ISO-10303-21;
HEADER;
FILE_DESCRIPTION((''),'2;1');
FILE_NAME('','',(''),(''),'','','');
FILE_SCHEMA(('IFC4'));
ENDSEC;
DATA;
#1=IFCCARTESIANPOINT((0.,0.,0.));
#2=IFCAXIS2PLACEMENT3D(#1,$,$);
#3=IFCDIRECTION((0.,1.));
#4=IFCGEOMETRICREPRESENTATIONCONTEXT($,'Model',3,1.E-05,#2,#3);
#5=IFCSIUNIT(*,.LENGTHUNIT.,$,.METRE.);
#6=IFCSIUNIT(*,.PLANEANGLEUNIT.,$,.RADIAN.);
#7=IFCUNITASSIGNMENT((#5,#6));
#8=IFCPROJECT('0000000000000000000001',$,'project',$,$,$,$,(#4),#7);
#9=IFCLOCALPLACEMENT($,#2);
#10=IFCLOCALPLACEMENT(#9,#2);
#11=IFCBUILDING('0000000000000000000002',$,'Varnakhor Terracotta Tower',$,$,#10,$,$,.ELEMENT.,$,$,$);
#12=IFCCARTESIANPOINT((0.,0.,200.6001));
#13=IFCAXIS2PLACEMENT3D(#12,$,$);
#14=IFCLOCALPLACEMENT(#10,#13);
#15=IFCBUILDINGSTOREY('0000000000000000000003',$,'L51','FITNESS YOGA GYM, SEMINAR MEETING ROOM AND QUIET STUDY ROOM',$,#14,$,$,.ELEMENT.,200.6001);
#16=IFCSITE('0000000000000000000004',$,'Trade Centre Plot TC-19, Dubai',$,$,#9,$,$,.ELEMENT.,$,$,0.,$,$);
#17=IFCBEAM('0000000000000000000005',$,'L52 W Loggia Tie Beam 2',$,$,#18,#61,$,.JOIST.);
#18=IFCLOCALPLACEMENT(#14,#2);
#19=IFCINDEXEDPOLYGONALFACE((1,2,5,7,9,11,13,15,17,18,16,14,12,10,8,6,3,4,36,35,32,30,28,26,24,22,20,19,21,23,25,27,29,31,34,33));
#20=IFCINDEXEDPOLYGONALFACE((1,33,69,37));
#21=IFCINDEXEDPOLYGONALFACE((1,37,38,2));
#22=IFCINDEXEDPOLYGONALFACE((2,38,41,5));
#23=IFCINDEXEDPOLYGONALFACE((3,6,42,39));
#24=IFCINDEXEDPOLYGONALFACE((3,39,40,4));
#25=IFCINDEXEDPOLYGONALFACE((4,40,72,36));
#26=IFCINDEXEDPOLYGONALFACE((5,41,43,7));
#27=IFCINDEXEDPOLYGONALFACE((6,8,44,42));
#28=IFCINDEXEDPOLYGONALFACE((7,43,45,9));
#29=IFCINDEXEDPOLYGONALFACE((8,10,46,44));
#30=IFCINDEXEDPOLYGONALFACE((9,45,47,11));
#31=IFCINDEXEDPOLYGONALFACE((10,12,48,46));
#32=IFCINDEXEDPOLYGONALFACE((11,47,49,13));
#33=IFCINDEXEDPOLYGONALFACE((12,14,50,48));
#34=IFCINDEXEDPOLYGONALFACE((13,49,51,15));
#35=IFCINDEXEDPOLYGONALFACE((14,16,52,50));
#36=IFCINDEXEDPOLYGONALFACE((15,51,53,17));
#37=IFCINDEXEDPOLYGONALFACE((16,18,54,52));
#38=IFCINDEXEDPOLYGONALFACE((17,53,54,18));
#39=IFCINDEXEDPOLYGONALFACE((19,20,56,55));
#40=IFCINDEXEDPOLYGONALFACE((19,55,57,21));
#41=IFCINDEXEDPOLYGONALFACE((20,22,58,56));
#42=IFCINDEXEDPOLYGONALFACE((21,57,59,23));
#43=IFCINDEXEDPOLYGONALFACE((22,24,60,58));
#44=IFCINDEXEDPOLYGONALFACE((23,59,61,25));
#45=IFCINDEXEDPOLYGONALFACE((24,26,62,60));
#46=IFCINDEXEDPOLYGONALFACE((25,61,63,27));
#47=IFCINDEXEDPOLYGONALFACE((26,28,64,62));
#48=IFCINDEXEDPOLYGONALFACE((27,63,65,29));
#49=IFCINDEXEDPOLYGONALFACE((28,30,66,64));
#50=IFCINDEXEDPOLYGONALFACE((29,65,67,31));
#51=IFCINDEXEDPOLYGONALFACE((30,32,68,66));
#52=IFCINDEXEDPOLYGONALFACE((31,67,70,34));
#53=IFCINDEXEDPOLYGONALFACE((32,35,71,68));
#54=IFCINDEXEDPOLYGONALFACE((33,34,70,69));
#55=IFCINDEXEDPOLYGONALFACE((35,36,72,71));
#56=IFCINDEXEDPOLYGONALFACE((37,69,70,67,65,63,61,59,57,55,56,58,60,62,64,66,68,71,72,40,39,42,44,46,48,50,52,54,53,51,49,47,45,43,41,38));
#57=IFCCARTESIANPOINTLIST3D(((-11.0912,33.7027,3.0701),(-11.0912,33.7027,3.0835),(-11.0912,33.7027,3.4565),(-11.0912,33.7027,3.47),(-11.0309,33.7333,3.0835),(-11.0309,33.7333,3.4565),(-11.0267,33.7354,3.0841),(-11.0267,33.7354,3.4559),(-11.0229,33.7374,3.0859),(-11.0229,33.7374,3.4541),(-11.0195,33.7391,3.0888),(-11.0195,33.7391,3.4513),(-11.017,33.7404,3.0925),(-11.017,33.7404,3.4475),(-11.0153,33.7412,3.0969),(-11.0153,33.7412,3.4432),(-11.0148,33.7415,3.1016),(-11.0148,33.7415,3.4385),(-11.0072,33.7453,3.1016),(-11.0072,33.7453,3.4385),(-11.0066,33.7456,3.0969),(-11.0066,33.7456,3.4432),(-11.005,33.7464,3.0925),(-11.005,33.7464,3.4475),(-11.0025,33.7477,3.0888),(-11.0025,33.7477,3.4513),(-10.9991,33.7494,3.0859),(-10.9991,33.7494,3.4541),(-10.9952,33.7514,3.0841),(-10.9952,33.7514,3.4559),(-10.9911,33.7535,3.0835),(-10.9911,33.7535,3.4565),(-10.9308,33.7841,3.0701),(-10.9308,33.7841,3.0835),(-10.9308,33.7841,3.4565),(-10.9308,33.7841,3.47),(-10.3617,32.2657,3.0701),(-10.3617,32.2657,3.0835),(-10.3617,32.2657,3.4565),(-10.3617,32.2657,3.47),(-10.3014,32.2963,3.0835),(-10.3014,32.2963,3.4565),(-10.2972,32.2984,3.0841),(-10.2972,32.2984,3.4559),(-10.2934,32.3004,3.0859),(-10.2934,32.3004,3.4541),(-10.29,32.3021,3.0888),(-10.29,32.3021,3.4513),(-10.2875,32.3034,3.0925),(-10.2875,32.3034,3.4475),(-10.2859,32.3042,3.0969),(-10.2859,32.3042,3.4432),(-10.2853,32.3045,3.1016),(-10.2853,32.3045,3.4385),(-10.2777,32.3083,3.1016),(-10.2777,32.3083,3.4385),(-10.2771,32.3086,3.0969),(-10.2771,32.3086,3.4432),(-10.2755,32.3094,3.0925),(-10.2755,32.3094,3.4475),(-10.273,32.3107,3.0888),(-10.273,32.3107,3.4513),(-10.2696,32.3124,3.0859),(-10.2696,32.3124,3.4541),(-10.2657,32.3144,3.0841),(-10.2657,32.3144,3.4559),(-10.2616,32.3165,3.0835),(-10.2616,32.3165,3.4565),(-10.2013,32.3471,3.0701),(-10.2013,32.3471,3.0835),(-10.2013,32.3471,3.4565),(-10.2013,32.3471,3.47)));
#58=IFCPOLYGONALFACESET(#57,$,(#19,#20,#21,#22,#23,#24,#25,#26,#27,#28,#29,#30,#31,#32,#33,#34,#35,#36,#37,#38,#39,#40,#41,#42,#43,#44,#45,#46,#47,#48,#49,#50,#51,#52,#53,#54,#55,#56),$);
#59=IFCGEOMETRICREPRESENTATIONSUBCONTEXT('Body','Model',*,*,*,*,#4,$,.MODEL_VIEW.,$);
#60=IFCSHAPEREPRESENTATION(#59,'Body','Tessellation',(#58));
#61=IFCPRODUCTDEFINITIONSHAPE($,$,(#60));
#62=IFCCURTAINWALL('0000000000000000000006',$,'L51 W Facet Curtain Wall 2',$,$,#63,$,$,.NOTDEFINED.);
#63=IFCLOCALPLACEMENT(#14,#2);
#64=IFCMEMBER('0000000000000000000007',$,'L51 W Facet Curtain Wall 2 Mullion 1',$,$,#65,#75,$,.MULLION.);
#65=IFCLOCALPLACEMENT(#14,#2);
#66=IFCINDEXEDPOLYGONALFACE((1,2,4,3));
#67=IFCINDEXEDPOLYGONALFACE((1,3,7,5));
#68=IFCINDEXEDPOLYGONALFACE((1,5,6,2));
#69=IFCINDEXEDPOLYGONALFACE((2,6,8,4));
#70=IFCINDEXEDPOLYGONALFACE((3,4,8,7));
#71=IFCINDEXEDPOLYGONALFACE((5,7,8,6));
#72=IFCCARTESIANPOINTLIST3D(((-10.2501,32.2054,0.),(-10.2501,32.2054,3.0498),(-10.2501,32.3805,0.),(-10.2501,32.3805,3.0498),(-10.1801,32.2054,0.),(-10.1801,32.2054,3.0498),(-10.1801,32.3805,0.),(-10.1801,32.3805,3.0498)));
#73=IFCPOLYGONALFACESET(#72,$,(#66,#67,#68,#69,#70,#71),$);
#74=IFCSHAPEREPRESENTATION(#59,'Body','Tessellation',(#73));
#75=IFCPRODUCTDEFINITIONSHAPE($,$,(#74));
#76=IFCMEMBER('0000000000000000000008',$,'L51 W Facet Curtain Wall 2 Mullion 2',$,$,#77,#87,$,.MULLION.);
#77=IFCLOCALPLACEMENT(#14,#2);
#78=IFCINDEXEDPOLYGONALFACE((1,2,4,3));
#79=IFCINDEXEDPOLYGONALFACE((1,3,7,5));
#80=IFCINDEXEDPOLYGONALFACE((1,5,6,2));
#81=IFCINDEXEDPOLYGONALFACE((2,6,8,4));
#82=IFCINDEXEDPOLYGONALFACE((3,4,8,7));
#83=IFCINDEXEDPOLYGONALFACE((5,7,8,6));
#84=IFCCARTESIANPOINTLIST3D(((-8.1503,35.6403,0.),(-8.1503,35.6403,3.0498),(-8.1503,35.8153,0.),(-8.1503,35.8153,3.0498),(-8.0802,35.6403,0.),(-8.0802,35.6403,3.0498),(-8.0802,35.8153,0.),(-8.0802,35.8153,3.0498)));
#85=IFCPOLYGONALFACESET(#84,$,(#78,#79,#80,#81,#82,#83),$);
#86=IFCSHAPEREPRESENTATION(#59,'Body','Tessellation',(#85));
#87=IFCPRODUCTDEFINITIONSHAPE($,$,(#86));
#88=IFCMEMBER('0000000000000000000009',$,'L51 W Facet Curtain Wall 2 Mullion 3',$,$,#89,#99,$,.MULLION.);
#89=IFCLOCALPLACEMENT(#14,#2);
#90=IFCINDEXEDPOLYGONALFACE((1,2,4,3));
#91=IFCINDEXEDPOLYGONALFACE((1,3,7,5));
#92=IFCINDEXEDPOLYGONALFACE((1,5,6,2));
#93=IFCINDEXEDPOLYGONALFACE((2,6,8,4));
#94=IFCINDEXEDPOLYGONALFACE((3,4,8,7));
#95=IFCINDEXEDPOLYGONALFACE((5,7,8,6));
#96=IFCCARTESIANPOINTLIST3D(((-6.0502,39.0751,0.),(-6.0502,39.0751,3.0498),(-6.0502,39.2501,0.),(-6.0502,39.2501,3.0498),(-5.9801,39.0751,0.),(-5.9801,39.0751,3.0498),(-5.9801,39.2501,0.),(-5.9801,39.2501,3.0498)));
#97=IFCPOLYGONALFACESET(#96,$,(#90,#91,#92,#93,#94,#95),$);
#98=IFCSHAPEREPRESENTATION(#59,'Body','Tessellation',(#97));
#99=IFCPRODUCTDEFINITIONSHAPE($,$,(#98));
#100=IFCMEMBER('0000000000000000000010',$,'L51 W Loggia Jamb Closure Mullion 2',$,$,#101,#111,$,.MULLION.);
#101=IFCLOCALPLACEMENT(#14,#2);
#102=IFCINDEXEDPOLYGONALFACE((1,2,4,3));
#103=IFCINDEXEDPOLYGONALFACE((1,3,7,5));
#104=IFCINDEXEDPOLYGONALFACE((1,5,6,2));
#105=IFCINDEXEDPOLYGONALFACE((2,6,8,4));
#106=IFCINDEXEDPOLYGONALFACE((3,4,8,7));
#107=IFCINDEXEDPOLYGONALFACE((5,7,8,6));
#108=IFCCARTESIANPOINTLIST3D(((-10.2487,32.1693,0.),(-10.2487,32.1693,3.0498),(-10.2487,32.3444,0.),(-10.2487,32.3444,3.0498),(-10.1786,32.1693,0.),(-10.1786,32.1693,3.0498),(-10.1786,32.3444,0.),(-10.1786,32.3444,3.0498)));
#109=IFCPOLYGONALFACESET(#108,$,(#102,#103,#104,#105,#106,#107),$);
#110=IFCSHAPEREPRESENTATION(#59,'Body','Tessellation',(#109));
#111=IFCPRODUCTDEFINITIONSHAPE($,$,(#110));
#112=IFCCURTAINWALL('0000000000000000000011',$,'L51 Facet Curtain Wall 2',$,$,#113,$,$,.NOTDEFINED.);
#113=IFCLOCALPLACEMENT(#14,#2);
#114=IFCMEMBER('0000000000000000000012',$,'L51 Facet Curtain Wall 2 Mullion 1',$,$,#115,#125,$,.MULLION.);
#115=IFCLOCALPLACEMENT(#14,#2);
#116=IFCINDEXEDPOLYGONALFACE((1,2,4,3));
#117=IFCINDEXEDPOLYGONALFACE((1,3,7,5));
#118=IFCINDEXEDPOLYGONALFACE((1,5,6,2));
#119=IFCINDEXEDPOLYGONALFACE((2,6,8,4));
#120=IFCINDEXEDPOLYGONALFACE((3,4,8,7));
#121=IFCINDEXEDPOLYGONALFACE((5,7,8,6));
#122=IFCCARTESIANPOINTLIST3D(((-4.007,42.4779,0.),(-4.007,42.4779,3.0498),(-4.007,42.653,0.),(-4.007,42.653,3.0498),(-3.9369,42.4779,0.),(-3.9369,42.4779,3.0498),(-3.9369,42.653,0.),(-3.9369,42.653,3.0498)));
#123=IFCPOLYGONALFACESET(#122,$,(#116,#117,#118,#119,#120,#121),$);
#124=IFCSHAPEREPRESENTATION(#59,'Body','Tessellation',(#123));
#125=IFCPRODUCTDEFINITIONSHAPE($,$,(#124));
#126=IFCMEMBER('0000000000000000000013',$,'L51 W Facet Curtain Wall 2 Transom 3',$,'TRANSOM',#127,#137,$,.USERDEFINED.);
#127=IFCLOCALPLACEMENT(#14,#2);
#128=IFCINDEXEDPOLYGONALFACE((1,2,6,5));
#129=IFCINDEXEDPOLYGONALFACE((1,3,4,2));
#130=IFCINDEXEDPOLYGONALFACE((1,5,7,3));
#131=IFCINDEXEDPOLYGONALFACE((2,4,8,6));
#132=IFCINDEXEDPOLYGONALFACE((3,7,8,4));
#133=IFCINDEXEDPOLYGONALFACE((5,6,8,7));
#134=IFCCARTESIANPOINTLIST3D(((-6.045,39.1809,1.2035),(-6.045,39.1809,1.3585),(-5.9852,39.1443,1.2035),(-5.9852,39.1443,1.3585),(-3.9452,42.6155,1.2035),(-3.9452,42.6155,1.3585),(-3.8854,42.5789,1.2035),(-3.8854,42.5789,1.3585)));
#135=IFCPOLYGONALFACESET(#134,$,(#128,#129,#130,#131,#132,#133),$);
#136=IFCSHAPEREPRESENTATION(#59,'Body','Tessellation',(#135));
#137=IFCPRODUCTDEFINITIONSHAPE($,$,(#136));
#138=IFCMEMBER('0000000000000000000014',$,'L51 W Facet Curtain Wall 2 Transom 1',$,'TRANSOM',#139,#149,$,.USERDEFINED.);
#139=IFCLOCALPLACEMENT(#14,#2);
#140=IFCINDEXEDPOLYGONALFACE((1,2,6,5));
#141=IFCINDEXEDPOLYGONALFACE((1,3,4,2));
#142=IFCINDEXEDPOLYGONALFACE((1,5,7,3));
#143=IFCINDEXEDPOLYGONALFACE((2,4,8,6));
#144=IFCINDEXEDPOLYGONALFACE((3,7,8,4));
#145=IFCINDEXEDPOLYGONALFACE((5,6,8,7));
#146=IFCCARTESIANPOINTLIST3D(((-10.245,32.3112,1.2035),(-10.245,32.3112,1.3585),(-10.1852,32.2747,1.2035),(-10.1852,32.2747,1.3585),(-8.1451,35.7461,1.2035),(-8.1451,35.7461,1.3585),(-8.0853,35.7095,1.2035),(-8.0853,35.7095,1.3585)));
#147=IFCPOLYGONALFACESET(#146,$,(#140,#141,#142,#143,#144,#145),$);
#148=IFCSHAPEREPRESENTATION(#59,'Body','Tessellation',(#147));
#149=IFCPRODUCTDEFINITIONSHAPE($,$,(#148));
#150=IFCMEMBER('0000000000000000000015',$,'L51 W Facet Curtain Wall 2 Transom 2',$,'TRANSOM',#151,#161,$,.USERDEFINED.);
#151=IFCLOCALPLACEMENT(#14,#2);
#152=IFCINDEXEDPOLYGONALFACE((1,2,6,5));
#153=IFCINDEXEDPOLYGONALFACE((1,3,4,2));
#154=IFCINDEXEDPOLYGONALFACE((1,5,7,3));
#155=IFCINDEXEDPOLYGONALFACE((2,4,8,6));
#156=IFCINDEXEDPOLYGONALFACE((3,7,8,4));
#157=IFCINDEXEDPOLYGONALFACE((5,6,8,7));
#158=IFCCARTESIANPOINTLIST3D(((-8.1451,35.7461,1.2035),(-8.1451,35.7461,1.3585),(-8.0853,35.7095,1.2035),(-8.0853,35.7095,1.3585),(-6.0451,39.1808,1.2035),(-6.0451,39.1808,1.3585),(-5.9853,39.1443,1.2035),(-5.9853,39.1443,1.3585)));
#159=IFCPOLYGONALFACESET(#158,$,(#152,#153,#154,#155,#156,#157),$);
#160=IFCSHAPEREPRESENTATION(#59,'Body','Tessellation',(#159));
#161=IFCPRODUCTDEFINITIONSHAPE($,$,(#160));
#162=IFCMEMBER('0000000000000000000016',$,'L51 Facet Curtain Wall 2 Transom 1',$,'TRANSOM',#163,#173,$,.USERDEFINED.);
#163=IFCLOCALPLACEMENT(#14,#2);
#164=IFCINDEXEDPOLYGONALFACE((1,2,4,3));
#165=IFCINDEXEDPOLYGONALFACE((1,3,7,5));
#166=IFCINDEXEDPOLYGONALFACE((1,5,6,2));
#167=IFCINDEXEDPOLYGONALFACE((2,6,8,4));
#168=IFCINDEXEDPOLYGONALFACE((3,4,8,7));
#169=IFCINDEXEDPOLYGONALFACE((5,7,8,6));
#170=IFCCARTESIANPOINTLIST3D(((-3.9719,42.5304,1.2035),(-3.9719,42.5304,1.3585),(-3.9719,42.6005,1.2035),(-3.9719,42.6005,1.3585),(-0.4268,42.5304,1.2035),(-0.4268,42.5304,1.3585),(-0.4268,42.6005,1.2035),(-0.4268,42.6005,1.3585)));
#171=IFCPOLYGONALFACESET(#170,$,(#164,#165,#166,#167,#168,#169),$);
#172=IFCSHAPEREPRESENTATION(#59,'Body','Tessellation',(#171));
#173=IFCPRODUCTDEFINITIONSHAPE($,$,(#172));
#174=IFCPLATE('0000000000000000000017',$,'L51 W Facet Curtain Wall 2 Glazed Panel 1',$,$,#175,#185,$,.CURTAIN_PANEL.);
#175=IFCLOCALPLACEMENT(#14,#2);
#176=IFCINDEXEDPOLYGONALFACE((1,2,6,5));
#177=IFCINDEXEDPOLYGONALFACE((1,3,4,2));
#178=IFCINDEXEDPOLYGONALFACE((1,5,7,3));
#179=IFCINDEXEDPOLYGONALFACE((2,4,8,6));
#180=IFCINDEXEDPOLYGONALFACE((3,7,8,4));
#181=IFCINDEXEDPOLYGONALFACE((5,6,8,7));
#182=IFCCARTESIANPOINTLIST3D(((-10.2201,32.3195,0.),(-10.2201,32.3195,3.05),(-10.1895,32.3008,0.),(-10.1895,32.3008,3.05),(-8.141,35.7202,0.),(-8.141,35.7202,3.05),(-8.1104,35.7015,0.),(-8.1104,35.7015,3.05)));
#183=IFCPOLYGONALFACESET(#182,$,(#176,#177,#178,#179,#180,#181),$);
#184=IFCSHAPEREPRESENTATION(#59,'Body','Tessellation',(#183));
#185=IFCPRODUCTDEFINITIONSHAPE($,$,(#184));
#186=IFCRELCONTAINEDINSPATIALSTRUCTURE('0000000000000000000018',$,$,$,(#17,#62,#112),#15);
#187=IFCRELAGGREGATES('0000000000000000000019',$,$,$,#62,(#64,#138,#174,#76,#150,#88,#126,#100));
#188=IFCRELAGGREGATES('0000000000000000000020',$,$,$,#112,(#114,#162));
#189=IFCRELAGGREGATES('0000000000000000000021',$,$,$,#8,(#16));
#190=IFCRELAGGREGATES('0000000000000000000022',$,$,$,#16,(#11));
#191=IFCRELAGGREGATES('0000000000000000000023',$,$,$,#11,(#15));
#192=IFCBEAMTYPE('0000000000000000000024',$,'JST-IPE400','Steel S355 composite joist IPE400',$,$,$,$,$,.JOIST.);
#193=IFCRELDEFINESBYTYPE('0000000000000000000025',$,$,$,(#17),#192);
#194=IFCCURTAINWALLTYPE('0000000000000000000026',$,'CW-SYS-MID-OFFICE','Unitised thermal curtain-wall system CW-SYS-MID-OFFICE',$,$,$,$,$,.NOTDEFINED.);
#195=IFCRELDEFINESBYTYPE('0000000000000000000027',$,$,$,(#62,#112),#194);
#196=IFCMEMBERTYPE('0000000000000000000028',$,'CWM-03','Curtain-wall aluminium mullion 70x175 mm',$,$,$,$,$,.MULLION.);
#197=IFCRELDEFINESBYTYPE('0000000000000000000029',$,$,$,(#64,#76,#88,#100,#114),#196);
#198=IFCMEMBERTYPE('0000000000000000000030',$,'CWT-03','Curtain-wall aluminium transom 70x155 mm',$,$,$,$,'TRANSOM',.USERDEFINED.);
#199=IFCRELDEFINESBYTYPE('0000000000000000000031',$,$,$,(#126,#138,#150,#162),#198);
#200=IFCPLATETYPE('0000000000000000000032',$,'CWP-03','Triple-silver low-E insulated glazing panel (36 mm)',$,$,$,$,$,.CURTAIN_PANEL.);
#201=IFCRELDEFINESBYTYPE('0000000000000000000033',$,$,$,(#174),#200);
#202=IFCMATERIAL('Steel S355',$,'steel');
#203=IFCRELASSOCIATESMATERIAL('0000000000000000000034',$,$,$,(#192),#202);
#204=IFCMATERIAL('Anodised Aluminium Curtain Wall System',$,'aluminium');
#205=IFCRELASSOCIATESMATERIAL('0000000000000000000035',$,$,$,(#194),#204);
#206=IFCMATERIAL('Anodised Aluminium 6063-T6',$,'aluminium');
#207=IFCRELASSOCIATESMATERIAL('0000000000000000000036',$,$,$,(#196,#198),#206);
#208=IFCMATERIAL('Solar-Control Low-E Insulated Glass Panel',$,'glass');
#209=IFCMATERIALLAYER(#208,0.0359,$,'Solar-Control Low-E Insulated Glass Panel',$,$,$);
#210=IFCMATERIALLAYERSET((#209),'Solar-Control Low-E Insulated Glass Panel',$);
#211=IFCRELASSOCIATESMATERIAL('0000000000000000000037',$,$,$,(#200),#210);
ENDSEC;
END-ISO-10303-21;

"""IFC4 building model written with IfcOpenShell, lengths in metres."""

from ifc_helpers import new_model, si_unit, direction, frame, origin, origin_2d, place, context, subcontext, project, spatial, rectangle, i_section, extrude, source, transform, mapped, material, layer, layer_set, material_profile, profile_set, type_object, type_shapes, element, aggregate, save


model = new_model("IFC4")

# Units and contexts
model_context = context("Model", 3, precision=1e-05, world=origin(), true_north=direction((0.0, 1.0)))
body_context = subcontext(model_context, "Body", "Model", "MODEL_VIEW")
ifc_project = project(units=[si_unit("LENGTHUNIT", "METRE"), si_unit("PLANEANGLEUNIT", "RADIAN")], contexts=[model_context])

# Site, building, storey
site_placement = place(None, origin())
site = spatial("IfcSite", under=ifc_project, at=site_placement, Name="Trade Centre Plot TC-19, Dubai", CompositionType="ELEMENT", RefElevation=0.0)
building_placement = place(site_placement, origin())
building = spatial("IfcBuilding", under=site, at=building_placement, Name="Varnakhor Terracotta Tower", CompositionType="ELEMENT")
storey_placement = place(building_placement, frame((0.0, 0.0, 200.6001)))
storey = spatial("IfcBuildingStorey", under=building, at=storey_placement, Name="L51", Description="FITNESS YOGA GYM, SEMINAR MEETING ROOM AND QUIET STUDY ROOM", CompositionType="ELEMENT", Elevation=200.6001)

# Beam
ifc_material_1 = material(Name="Steel S355", Category="steel")
ifc_material_profile_1 = material_profile(ifc_material_1, i_section(OverallWidth=0.1799, OverallDepth=0.3999, WebThickness=0.0085, FlangeThickness=0.0134, FilletRadius=0.0181, at=origin_2d()), Name="IPE400")
ifc_profile_set_1 = profile_set([ifc_material_profile_1], Name="Steel S355")
beam_type_1 = type_object("IfcBeamType", Name="JST-IPE400", Description="Steel S355 composite joist IPE400", PredefinedType="JOIST", material=ifc_profile_set_1)
shared_shape_1 = source(origin(), body_context, "Body", "SweptSolid", [
    extrude(i_section(OverallWidth=0.1799, OverallDepth=0.3999, WebThickness=0.0085, FlangeThickness=0.0134, FilletRadius=0.0181, at=origin_2d()), origin(), (0.0, 0.0, 1.0), 1.6116),
])
beam_1_placement = place(storey_placement, frame((-10.2815, 32.3064, 3.27), z_axis=(-0.452659, 0.891684, 0.0), x_axis=(-0.891684, -0.452659, 0.0)))
element("IfcBeam", 1, at=beam_1_placement, inside=storey, type_object=beam_type_1, Name="L52 W Loggia Tie Beam 2", PredefinedType="JOIST", context=body_context, shape_type="MappedRepresentation", body=[
    mapped(shared_shape_1, transform((0.0, 0.0, 0.0), scale=1.0)),
])

# Curtain wall, members
ifc_material_2 = material(Name="Anodised Aluminium Curtain Wall System", Category="aluminium")
curtain_wall_type = type_object("IfcCurtainWallType", Name="CW-SYS-MID-OFFICE", Description="Unitised thermal curtain-wall system CW-SYS-MID-OFFICE", PredefinedType="NOTDEFINED", material=ifc_material_2)
curtain_wall_1_placement = place(storey_placement, origin())
curtain_wall_1 = element("IfcCurtainWall", 2, at=curtain_wall_1_placement, inside=storey, type_object=curtain_wall_type, Name="L51 W Facet Curtain Wall 2", PredefinedType="NOTDEFINED")
ifc_material_3 = material(Name="Anodised Aluminium 6063-T6", Category="aluminium")
ifc_material_profile_2 = material_profile(ifc_material_3, rectangle(XDim=0.0701, YDim=0.175, at=origin_2d()), Name="ALU MULLION 70x175")
ifc_profile_set_2 = profile_set([ifc_material_profile_2], Name="Anodised Aluminium 6063-T6")
member_type_1 = type_object("IfcMemberType", Name="CWM-03", Description="Curtain-wall aluminium mullion 70x175 mm", PredefinedType="MULLION", material=ifc_profile_set_2)
shared_shape_2 = source(origin(), body_context, "Body", "SweptSolid", [
    extrude(rectangle(XDim=0.0701, YDim=0.175, at=origin_2d()), origin(), (0.0, 0.0, 1.0), 3.0498),
])
type_shapes(member_type_1, [shared_shape_2])
member_1_placement = place(storey_placement, frame((-10.2151, 32.293, 0.0), z_axis=(0.0, 0.0, 1.0), x_axis=(1.0, 0.0, 0.0)))
member_1 = element("IfcMember", 3, at=member_1_placement, type_object=member_type_1, Name="L51 W Facet Curtain Wall 2 Mullion 1", PredefinedType="MULLION", context=body_context, shape_type="MappedRepresentation", body=[
    mapped(shared_shape_2, transform((0.0, 0.0, 0.0), scale=1.0)),
])
member_2_placement = place(storey_placement, frame((-8.1152, 35.7278, 0.0), z_axis=(0.0, 0.0, 1.0), x_axis=(1.0, 0.0, 0.0)))
member_2 = element("IfcMember", 4, at=member_2_placement, type_object=member_type_1, Name="L51 W Facet Curtain Wall 2 Mullion 2", PredefinedType="MULLION", context=body_context, shape_type="MappedRepresentation", body=[
    mapped(shared_shape_2, transform((0.0, 0.0, 0.0), scale=1.0)),
])
member_3_placement = place(storey_placement, frame((-6.0151, 39.1626, 0.0), z_axis=(0.0, 0.0, 1.0), x_axis=(1.0, 0.0, 0.0)))
member_3 = element("IfcMember", 5, at=member_3_placement, type_object=member_type_1, Name="L51 W Facet Curtain Wall 2 Mullion 3", PredefinedType="MULLION", context=body_context, shape_type="MappedRepresentation", body=[
    mapped(shared_shape_2, transform((0.0, 0.0, 0.0), scale=1.0)),
])
member_4_placement = place(storey_placement, frame((-10.2136, 32.2568, 0.0), z_axis=(0.0, 0.0, 1.0), x_axis=(1.0, 0.0, 0.0)))
member_4 = element("IfcMember", 6, at=member_4_placement, type_object=member_type_1, Name="L51 W Loggia Jamb Closure Mullion 2", PredefinedType="MULLION", context=body_context, shape_type="MappedRepresentation", body=[
    mapped(shared_shape_2, transform((0.0, 0.0, 0.0), scale=1.0)),
])

# Curtain wall, member
curtain_wall_2_placement = place(storey_placement, origin())
curtain_wall_2 = element("IfcCurtainWall", 7, at=curtain_wall_2_placement, inside=storey, type_object=curtain_wall_type, Name="L51 Facet Curtain Wall 2", PredefinedType="NOTDEFINED")
member_5_placement = place(storey_placement, frame((-3.9719, 42.5654, 0.0), z_axis=(0.0, 0.0, 1.0), x_axis=(1.0, 0.0, 0.0)))
member_5 = element("IfcMember", 8, at=member_5_placement, type_object=member_type_1, Name="L51 Facet Curtain Wall 2 Mullion 1", PredefinedType="MULLION", context=body_context, shape_type="MappedRepresentation", body=[
    mapped(shared_shape_2, transform((0.0, 0.0, 0.0), scale=1.0)),
])

# Members
ifc_material_profile_3 = material_profile(ifc_material_3, rectangle(XDim=0.0701, YDim=0.155, at=origin_2d()), Name="ALU TRANSOM 70x155")
ifc_profile_set_3 = profile_set([ifc_material_profile_3], Name="Anodised Aluminium 6063-T6")
member_type_2 = type_object("IfcMemberType", Name="CWT-03", Description="Curtain-wall aluminium transom 70x155 mm", ElementType="TRANSOM", PredefinedType="USERDEFINED", material=ifc_profile_set_3)
shared_shape_3 = source(origin(), body_context, "Body", "SweptSolid", [
    extrude(rectangle(XDim=0.0701, YDim=0.155, at=origin_2d()), origin(), (0.0, 0.0, 1.0), 4.0256),
])
member_6_placement = place(storey_placement, frame((-6.0151, 39.1626, 1.281), z_axis=(0.521622, 0.853177, 0.0), x_axis=(-0.853177, 0.521622, 0.0)))
member_6 = element("IfcMember", 9, at=member_6_placement, type_object=member_type_2, Name="L51 W Facet Curtain Wall 2 Transom 3", ObjectType="TRANSOM", PredefinedType="USERDEFINED", context=body_context, shape_type="MappedRepresentation", body=[
    mapped(shared_shape_3, transform((0.0, 0.0, 0.0), scale=1.0)),
])
shared_shape_4 = source(origin(), body_context, "Body", "SweptSolid", [
    extrude(rectangle(XDim=0.0701, YDim=0.155, at=origin_2d()), origin(), (0.0, 0.0, 1.0), 4.0259),
])
member_7_placement = place(storey_placement, frame((-10.2151, 32.293, 1.281), z_axis=(0.521595, 0.853193, 0.0), x_axis=(-0.853193, 0.521595, 0.0)))
member_7 = element("IfcMember", 10, at=member_7_placement, type_object=member_type_2, Name="L51 W Facet Curtain Wall 2 Transom 1", ObjectType="TRANSOM", PredefinedType="USERDEFINED", context=body_context, shape_type="MappedRepresentation", body=[
    mapped(shared_shape_4, transform((0.0, 0.0, 0.0), scale=1.0)),
])
member_8_placement = place(storey_placement, frame((-8.1152, 35.7278, 1.281), z_axis=(0.521639, 0.853166, 0.0), x_axis=(-0.853166, 0.521639, 0.0)))
member_8 = element("IfcMember", 11, at=member_8_placement, type_object=member_type_2, Name="L51 W Facet Curtain Wall 2 Transom 2", ObjectType="TRANSOM", PredefinedType="USERDEFINED", context=body_context, shape_type="MappedRepresentation", body=[
    mapped(shared_shape_4, transform((0.0, 0.0, 0.0), scale=1.0)),
])
shared_shape_5 = source(origin(), body_context, "Body", "SweptSolid", [
    extrude(rectangle(XDim=0.0701, YDim=0.155, at=origin_2d()), origin(), (0.0, 0.0, 1.0), 3.5452),
])
member_9_placement = place(storey_placement, frame((-3.9719, 42.5654, 1.281), z_axis=(1.0, 0.0, 0.0), x_axis=(0.0, 1.0, 0.0)))
member_9 = element("IfcMember", 12, at=member_9_placement, type_object=member_type_2, Name="L51 Facet Curtain Wall 2 Transom 1", ObjectType="TRANSOM", PredefinedType="USERDEFINED", context=body_context, shape_type="MappedRepresentation", body=[
    mapped(shared_shape_5, transform((0.0, 0.0, 0.0), scale=1.0)),
])

# Plate
ifc_material_4 = material(Name="Solar-Control Low-E Insulated Glass Panel", Category="glass")
ifc_layer_1 = layer(ifc_material_4, 0.0359, Name="Solar-Control Low-E Insulated Glass Panel")
ifc_layer_set_1 = layer_set([ifc_layer_1], Name="Solar-Control Low-E Insulated Glass Panel")
plate_type = type_object("IfcPlateType", Name="CWP-03", Description="Triple-silver low-E insulated glazing panel (36 mm)", PredefinedType="CURTAIN_PANEL", material=ifc_layer_set_1)
shared_shape_6 = source(origin(), body_context, "Body", "SweptSolid", [
    extrude(rectangle(XDim=3.9858, YDim=0.0359, at=origin_2d()), origin(), (0.0, 0.0, 1.0), 3.05),
])
plate_1_placement = place(storey_placement, frame((-9.1653, 34.0105, 0.0), z_axis=(0.0, 0.0, 1.0), x_axis=(0.52162, 0.853178, 0.0)))
plate_1 = element("IfcPlate", 13, at=plate_1_placement, type_object=plate_type, Name="L51 W Facet Curtain Wall 2 Glazed Panel 1", PredefinedType="CURTAIN_PANEL", context=body_context, shape_type="MappedRepresentation", body=[
    mapped(shared_shape_6, transform((0.0, 0.0, 0.0), scale=1.0)),
])
aggregate(curtain_wall_1, [member_1, member_7, plate_1, member_2, member_8, member_3, member_6, member_4])
aggregate(curtain_wall_2, [member_5, member_9])

save(model, "model.ifc")
